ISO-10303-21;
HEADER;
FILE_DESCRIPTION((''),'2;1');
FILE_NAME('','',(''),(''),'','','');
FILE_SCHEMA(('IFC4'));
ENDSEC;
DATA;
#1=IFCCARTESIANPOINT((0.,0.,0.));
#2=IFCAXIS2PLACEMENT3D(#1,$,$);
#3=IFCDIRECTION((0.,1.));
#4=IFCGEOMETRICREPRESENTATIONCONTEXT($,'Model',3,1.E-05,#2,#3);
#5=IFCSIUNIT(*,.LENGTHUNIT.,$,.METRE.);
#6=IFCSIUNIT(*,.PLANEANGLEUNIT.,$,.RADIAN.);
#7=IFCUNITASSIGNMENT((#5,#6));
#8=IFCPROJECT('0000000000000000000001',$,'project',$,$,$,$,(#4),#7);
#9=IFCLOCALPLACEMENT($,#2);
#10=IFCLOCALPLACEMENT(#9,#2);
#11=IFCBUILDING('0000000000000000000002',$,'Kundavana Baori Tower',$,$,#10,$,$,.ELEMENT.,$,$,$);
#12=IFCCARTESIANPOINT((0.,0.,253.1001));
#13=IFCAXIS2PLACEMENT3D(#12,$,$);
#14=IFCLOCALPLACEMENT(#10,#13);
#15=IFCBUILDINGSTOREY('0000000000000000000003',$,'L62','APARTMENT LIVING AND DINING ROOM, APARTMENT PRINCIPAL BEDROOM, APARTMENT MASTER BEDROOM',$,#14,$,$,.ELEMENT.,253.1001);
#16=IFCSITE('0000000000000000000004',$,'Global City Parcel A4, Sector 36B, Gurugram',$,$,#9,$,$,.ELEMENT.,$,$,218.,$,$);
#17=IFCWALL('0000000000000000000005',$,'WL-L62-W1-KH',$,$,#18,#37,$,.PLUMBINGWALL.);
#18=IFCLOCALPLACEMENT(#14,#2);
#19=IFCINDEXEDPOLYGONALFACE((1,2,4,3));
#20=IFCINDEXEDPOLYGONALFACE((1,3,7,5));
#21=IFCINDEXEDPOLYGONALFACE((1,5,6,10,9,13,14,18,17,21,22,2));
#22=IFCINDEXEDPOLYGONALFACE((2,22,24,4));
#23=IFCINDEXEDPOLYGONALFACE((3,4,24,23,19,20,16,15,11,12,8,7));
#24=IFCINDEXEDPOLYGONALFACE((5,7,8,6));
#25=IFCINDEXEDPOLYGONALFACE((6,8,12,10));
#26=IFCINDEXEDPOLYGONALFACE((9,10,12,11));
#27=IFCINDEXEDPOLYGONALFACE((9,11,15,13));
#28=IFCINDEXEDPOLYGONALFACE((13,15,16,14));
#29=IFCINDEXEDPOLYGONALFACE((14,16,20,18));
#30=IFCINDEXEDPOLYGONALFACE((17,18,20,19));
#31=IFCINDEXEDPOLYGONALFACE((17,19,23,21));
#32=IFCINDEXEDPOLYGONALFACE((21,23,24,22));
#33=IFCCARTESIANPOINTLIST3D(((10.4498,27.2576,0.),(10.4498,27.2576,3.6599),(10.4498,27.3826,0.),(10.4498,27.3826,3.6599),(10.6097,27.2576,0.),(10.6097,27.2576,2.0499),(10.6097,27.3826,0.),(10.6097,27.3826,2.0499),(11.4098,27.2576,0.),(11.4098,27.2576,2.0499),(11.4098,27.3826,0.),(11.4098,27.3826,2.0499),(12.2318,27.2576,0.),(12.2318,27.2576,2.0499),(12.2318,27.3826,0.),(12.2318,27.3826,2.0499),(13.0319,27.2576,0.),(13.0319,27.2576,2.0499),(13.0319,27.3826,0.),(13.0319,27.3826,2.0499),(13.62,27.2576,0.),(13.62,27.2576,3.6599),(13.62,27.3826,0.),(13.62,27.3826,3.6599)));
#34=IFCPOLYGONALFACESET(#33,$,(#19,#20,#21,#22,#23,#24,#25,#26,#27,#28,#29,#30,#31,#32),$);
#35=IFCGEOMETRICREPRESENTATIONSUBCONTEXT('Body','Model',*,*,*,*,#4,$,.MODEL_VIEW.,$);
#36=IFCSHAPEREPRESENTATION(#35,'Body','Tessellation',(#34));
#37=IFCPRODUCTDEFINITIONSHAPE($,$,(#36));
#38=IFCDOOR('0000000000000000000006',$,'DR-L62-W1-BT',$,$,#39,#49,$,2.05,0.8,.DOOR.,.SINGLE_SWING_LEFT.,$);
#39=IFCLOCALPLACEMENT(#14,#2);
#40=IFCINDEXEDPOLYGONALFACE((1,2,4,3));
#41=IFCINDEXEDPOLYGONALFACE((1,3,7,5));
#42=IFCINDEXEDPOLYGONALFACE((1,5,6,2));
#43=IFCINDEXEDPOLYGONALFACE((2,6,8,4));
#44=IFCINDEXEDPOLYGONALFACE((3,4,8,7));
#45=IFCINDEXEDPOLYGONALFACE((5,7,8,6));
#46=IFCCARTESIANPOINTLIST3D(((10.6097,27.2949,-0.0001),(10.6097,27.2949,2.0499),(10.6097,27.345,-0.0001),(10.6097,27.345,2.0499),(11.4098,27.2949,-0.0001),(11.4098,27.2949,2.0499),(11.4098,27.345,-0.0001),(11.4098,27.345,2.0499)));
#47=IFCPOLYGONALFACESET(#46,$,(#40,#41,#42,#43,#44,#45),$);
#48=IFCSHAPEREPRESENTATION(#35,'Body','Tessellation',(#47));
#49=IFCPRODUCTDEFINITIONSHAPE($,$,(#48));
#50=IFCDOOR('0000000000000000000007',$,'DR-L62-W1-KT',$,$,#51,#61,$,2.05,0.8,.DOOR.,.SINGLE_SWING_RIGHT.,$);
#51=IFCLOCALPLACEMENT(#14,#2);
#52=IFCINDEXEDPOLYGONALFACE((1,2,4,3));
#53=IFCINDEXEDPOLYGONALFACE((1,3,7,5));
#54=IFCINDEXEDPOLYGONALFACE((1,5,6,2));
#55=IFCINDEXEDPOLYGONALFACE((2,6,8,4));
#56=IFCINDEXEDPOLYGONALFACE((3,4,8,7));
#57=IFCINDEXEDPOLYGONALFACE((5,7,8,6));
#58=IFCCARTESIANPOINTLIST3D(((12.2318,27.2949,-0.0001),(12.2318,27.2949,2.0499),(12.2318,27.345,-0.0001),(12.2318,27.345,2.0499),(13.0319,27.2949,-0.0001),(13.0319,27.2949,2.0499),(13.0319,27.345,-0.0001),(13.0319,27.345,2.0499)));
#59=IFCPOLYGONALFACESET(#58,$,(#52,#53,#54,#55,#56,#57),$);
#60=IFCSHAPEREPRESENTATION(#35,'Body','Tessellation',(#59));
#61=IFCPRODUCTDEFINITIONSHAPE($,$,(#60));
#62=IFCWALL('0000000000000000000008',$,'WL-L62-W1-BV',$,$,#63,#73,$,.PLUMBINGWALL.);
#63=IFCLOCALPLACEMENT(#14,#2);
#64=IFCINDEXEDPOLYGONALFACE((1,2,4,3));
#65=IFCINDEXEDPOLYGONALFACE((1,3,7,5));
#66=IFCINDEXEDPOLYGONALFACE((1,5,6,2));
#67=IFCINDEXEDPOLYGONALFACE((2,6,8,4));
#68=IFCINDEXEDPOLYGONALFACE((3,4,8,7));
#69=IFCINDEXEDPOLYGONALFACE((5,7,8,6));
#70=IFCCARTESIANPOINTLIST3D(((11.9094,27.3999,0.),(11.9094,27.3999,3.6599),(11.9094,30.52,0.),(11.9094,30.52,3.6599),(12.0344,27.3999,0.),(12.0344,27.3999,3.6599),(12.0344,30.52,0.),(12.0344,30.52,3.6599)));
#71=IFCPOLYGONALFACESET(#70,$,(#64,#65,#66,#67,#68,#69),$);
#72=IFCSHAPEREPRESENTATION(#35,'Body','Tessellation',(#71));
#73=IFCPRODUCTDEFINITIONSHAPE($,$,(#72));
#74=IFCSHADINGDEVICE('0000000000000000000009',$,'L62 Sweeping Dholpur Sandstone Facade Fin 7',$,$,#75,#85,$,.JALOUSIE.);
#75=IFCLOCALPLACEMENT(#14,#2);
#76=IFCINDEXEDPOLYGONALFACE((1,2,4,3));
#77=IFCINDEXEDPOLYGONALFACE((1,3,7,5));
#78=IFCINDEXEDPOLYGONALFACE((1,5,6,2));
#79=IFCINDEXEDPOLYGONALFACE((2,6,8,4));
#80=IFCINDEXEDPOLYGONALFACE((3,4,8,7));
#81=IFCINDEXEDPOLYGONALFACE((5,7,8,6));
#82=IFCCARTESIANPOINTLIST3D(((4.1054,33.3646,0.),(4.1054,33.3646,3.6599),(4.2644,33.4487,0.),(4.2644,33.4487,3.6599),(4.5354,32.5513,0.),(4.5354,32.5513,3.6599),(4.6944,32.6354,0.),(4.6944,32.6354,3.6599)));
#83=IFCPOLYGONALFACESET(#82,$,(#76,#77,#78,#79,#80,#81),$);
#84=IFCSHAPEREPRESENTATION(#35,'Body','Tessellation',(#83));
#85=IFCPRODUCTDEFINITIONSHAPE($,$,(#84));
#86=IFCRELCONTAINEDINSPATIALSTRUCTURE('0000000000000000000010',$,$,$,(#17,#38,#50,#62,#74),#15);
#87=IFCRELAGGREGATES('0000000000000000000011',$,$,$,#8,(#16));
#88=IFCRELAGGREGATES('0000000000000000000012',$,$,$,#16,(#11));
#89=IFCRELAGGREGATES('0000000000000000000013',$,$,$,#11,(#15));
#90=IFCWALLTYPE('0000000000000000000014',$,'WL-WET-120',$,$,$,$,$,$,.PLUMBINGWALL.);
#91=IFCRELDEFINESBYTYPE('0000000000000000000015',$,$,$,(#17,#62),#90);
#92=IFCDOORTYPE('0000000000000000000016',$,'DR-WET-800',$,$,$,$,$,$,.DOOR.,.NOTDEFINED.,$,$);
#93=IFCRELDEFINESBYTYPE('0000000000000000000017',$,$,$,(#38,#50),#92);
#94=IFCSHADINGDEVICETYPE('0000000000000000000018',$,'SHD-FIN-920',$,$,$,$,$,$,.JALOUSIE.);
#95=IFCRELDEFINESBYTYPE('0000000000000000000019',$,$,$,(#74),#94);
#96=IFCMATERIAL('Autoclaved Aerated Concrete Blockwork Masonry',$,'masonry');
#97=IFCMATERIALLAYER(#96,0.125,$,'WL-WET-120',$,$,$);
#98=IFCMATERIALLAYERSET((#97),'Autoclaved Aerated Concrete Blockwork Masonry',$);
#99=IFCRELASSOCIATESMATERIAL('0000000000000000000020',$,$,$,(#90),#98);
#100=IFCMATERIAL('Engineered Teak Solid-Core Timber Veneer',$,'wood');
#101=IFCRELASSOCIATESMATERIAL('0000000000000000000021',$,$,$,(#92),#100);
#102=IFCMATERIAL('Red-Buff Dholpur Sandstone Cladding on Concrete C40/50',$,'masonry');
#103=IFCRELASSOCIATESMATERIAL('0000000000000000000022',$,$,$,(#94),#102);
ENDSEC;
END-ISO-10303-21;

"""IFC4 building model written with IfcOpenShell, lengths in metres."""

from ifc_helpers import new_model, si_unit, direction, frame, frame_2d, origin, origin_2d, place, context, subcontext, project, spatial, rectangle, extrude, material, layer, layer_set, type_object, element, fill, save


model = new_model("IFC4")

# Units and contexts
model_context = context("Model", 3, precision=1e-05, world=origin(), true_north=direction((0.0, 1.0)))
body_context = subcontext(model_context, "Body", "Model", "MODEL_VIEW")
ifc_project = project(units=[si_unit("LENGTHUNIT", "METRE"), si_unit("PLANEANGLEUNIT", "RADIAN")], contexts=[model_context])

# Site, building, storey
site_placement = place(None, origin())
site = spatial("IfcSite", under=ifc_project, at=site_placement, Name="Global City Parcel A4, Sector 36B, Gurugram", CompositionType="ELEMENT", RefElevation=218.0)
building_placement = place(site_placement, origin())
building = spatial("IfcBuilding", under=site, at=building_placement, Name="Kundavana Baori Tower", CompositionType="ELEMENT")
storey_placement = place(building_placement, frame((0.0, 0.0, 253.1001)))
storey = spatial("IfcBuildingStorey", under=building, at=storey_placement, Name="L62", Description="APARTMENT LIVING AND DINING ROOM, APARTMENT PRINCIPAL BEDROOM, APARTMENT MASTER BEDROOM", CompositionType="ELEMENT", Elevation=253.1001)

# Wall, openings, doors
ifc_material_1 = material(Name="Autoclaved Aerated Concrete Blockwork Masonry", Category="masonry")
ifc_layer_1 = layer(ifc_material_1, 0.125, Name="WL-WET-120")
ifc_layer_set_1 = layer_set([ifc_layer_1], Name="Autoclaved Aerated Concrete Blockwork Masonry")
wall_type_1 = type_object("IfcWallType", Name="WL-WET-120", PredefinedType="PLUMBINGWALL", material=ifc_layer_set_1)
wall_1_placement = place(storey_placement, frame((10.45, 27.3201, 0.0), z_axis=(0.0, 0.0, 1.0), x_axis=(1.0, 0.0, 0.0)))
wall_1 = element("IfcWall", 1, at=wall_1_placement, inside=storey, type_object=wall_type_1, Name="WL-L62-W1-KH", PredefinedType="PLUMBINGWALL", context=body_context, shape_type="SweptSolid", body=[
    extrude(rectangle(XDim=3.1702, YDim=0.125, at=frame_2d((1.585, 0.0))), origin(), (0.0, 0.0, 1.0), 3.6599),
])
opening_1_placement = place(wall_1_placement, frame((0.1599, 0.0, 0.0)))
opening_1 = element("IfcOpeningElement", 2, at=opening_1_placement, cuts=wall_1, PredefinedType="OPENING", context=body_context, shape_type="SweptSolid", body=[
    extrude(rectangle(XDim=0.8, YDim=2.05, at=frame_2d((0.3999, 1.0249))), frame((0.0, 0.0725, 0.0), z_axis=(0.0, -1.0, 0.0), x_axis=(1.0, 0.0, 0.0)), (0.0, 0.0, 1.0), 0.145),
])
opening_2_placement = place(wall_1_placement, frame((1.782, 0.0, 0.0)))
opening_2 = element("IfcOpeningElement", 3, at=opening_2_placement, cuts=wall_1, PredefinedType="OPENING", context=body_context, shape_type="SweptSolid", body=[
    extrude(rectangle(XDim=0.8, YDim=2.05, at=frame_2d((0.3999, 1.0249))), frame((0.0, 0.0725, 0.0), z_axis=(0.0, -1.0, 0.0), x_axis=(1.0, 0.0, 0.0)), (0.0, 0.0, 1.0), 0.145),
])
ifc_material_2 = material(Name="Engineered Teak Solid-Core Timber Veneer", Category="wood")
door_type_1 = type_object("IfcDoorType", Name="DR-WET-800", OperationType="NOTDEFINED", PredefinedType="DOOR", material=ifc_material_2)
door_1_placement = place(opening_1_placement, origin())
door_1 = element("IfcDoor", 4, at=door_1_placement, inside=storey, type_object=door_type_1, Name="DR-L62-W1-BT", OperationType="SINGLE_SWING_LEFT", OverallHeight=2.05, OverallWidth=0.8, PredefinedType="DOOR", context=body_context, shape_type="SweptSolid", body=[
    extrude(rectangle(XDim=0.8, YDim=2.05, at=frame_2d((0.3999, 1.0249))), frame((0.0, 0.0249, 0.0), z_axis=(0.0, -1.0, 0.0), x_axis=(1.0, 0.0, 0.0)), (0.0, 0.0, 1.0), 0.05),
])
fill(opening_1, door_1)
door_2_placement = place(opening_2_placement, origin())
door_2 = element("IfcDoor", 5, at=door_2_placement, inside=storey, type_object=door_type_1, Name="DR-L62-W1-KT", OperationType="SINGLE_SWING_RIGHT", OverallHeight=2.05, OverallWidth=0.8, PredefinedType="DOOR", context=body_context, shape_type="SweptSolid", body=[
    extrude(rectangle(XDim=0.8, YDim=2.05, at=frame_2d((0.3999, 1.0249))), frame((0.0, 0.0249, 0.0), z_axis=(0.0, -1.0, 0.0), x_axis=(1.0, 0.0, 0.0)), (0.0, 0.0, 1.0), 0.05),
])
fill(opening_2, door_2)

# Wall
wall_2_placement = place(storey_placement, frame((11.9719, 27.3999, 0.0), z_axis=(0.0, 0.0, 1.0), x_axis=(0.0, 1.0, 0.0)))
element("IfcWall", 6, at=wall_2_placement, inside=storey, type_object=wall_type_1, Name="WL-L62-W1-BV", PredefinedType="PLUMBINGWALL", context=body_context, shape_type="SweptSolid", body=[
    extrude(rectangle(XDim=3.1201, YDim=0.125, at=frame_2d((1.5601, 0.0))), origin(), (0.0, 0.0, 1.0), 3.6599),
])

# Shading device
ifc_material_3 = material(Name="Red-Buff Dholpur Sandstone Cladding on Concrete C40/50", Category="masonry")
shading_device_type = type_object("IfcShadingDeviceType", Name="SHD-FIN-920", PredefinedType="JALOUSIE", material=ifc_material_3)
shading_device_placement = place(storey_placement, frame((4.3999, 33.0, 0.0), z_axis=(0.0, 0.0, 1.0), x_axis=(0.884011, 0.467467, 0.0)))
element("IfcShadingDevice", 7, at=shading_device_placement, inside=storey, type_object=shading_device_type, Name="L62 Sweeping Dholpur Sandstone Facade Fin 7", PredefinedType="JALOUSIE", context=body_context, shape_type="SweptSolid", body=[
    extrude(rectangle(XDim=0.1799, YDim=0.9199, at=origin_2d()), origin(), (0.0, 0.0, 1.0), 3.6599),
])

save(model, "model.ifc")
